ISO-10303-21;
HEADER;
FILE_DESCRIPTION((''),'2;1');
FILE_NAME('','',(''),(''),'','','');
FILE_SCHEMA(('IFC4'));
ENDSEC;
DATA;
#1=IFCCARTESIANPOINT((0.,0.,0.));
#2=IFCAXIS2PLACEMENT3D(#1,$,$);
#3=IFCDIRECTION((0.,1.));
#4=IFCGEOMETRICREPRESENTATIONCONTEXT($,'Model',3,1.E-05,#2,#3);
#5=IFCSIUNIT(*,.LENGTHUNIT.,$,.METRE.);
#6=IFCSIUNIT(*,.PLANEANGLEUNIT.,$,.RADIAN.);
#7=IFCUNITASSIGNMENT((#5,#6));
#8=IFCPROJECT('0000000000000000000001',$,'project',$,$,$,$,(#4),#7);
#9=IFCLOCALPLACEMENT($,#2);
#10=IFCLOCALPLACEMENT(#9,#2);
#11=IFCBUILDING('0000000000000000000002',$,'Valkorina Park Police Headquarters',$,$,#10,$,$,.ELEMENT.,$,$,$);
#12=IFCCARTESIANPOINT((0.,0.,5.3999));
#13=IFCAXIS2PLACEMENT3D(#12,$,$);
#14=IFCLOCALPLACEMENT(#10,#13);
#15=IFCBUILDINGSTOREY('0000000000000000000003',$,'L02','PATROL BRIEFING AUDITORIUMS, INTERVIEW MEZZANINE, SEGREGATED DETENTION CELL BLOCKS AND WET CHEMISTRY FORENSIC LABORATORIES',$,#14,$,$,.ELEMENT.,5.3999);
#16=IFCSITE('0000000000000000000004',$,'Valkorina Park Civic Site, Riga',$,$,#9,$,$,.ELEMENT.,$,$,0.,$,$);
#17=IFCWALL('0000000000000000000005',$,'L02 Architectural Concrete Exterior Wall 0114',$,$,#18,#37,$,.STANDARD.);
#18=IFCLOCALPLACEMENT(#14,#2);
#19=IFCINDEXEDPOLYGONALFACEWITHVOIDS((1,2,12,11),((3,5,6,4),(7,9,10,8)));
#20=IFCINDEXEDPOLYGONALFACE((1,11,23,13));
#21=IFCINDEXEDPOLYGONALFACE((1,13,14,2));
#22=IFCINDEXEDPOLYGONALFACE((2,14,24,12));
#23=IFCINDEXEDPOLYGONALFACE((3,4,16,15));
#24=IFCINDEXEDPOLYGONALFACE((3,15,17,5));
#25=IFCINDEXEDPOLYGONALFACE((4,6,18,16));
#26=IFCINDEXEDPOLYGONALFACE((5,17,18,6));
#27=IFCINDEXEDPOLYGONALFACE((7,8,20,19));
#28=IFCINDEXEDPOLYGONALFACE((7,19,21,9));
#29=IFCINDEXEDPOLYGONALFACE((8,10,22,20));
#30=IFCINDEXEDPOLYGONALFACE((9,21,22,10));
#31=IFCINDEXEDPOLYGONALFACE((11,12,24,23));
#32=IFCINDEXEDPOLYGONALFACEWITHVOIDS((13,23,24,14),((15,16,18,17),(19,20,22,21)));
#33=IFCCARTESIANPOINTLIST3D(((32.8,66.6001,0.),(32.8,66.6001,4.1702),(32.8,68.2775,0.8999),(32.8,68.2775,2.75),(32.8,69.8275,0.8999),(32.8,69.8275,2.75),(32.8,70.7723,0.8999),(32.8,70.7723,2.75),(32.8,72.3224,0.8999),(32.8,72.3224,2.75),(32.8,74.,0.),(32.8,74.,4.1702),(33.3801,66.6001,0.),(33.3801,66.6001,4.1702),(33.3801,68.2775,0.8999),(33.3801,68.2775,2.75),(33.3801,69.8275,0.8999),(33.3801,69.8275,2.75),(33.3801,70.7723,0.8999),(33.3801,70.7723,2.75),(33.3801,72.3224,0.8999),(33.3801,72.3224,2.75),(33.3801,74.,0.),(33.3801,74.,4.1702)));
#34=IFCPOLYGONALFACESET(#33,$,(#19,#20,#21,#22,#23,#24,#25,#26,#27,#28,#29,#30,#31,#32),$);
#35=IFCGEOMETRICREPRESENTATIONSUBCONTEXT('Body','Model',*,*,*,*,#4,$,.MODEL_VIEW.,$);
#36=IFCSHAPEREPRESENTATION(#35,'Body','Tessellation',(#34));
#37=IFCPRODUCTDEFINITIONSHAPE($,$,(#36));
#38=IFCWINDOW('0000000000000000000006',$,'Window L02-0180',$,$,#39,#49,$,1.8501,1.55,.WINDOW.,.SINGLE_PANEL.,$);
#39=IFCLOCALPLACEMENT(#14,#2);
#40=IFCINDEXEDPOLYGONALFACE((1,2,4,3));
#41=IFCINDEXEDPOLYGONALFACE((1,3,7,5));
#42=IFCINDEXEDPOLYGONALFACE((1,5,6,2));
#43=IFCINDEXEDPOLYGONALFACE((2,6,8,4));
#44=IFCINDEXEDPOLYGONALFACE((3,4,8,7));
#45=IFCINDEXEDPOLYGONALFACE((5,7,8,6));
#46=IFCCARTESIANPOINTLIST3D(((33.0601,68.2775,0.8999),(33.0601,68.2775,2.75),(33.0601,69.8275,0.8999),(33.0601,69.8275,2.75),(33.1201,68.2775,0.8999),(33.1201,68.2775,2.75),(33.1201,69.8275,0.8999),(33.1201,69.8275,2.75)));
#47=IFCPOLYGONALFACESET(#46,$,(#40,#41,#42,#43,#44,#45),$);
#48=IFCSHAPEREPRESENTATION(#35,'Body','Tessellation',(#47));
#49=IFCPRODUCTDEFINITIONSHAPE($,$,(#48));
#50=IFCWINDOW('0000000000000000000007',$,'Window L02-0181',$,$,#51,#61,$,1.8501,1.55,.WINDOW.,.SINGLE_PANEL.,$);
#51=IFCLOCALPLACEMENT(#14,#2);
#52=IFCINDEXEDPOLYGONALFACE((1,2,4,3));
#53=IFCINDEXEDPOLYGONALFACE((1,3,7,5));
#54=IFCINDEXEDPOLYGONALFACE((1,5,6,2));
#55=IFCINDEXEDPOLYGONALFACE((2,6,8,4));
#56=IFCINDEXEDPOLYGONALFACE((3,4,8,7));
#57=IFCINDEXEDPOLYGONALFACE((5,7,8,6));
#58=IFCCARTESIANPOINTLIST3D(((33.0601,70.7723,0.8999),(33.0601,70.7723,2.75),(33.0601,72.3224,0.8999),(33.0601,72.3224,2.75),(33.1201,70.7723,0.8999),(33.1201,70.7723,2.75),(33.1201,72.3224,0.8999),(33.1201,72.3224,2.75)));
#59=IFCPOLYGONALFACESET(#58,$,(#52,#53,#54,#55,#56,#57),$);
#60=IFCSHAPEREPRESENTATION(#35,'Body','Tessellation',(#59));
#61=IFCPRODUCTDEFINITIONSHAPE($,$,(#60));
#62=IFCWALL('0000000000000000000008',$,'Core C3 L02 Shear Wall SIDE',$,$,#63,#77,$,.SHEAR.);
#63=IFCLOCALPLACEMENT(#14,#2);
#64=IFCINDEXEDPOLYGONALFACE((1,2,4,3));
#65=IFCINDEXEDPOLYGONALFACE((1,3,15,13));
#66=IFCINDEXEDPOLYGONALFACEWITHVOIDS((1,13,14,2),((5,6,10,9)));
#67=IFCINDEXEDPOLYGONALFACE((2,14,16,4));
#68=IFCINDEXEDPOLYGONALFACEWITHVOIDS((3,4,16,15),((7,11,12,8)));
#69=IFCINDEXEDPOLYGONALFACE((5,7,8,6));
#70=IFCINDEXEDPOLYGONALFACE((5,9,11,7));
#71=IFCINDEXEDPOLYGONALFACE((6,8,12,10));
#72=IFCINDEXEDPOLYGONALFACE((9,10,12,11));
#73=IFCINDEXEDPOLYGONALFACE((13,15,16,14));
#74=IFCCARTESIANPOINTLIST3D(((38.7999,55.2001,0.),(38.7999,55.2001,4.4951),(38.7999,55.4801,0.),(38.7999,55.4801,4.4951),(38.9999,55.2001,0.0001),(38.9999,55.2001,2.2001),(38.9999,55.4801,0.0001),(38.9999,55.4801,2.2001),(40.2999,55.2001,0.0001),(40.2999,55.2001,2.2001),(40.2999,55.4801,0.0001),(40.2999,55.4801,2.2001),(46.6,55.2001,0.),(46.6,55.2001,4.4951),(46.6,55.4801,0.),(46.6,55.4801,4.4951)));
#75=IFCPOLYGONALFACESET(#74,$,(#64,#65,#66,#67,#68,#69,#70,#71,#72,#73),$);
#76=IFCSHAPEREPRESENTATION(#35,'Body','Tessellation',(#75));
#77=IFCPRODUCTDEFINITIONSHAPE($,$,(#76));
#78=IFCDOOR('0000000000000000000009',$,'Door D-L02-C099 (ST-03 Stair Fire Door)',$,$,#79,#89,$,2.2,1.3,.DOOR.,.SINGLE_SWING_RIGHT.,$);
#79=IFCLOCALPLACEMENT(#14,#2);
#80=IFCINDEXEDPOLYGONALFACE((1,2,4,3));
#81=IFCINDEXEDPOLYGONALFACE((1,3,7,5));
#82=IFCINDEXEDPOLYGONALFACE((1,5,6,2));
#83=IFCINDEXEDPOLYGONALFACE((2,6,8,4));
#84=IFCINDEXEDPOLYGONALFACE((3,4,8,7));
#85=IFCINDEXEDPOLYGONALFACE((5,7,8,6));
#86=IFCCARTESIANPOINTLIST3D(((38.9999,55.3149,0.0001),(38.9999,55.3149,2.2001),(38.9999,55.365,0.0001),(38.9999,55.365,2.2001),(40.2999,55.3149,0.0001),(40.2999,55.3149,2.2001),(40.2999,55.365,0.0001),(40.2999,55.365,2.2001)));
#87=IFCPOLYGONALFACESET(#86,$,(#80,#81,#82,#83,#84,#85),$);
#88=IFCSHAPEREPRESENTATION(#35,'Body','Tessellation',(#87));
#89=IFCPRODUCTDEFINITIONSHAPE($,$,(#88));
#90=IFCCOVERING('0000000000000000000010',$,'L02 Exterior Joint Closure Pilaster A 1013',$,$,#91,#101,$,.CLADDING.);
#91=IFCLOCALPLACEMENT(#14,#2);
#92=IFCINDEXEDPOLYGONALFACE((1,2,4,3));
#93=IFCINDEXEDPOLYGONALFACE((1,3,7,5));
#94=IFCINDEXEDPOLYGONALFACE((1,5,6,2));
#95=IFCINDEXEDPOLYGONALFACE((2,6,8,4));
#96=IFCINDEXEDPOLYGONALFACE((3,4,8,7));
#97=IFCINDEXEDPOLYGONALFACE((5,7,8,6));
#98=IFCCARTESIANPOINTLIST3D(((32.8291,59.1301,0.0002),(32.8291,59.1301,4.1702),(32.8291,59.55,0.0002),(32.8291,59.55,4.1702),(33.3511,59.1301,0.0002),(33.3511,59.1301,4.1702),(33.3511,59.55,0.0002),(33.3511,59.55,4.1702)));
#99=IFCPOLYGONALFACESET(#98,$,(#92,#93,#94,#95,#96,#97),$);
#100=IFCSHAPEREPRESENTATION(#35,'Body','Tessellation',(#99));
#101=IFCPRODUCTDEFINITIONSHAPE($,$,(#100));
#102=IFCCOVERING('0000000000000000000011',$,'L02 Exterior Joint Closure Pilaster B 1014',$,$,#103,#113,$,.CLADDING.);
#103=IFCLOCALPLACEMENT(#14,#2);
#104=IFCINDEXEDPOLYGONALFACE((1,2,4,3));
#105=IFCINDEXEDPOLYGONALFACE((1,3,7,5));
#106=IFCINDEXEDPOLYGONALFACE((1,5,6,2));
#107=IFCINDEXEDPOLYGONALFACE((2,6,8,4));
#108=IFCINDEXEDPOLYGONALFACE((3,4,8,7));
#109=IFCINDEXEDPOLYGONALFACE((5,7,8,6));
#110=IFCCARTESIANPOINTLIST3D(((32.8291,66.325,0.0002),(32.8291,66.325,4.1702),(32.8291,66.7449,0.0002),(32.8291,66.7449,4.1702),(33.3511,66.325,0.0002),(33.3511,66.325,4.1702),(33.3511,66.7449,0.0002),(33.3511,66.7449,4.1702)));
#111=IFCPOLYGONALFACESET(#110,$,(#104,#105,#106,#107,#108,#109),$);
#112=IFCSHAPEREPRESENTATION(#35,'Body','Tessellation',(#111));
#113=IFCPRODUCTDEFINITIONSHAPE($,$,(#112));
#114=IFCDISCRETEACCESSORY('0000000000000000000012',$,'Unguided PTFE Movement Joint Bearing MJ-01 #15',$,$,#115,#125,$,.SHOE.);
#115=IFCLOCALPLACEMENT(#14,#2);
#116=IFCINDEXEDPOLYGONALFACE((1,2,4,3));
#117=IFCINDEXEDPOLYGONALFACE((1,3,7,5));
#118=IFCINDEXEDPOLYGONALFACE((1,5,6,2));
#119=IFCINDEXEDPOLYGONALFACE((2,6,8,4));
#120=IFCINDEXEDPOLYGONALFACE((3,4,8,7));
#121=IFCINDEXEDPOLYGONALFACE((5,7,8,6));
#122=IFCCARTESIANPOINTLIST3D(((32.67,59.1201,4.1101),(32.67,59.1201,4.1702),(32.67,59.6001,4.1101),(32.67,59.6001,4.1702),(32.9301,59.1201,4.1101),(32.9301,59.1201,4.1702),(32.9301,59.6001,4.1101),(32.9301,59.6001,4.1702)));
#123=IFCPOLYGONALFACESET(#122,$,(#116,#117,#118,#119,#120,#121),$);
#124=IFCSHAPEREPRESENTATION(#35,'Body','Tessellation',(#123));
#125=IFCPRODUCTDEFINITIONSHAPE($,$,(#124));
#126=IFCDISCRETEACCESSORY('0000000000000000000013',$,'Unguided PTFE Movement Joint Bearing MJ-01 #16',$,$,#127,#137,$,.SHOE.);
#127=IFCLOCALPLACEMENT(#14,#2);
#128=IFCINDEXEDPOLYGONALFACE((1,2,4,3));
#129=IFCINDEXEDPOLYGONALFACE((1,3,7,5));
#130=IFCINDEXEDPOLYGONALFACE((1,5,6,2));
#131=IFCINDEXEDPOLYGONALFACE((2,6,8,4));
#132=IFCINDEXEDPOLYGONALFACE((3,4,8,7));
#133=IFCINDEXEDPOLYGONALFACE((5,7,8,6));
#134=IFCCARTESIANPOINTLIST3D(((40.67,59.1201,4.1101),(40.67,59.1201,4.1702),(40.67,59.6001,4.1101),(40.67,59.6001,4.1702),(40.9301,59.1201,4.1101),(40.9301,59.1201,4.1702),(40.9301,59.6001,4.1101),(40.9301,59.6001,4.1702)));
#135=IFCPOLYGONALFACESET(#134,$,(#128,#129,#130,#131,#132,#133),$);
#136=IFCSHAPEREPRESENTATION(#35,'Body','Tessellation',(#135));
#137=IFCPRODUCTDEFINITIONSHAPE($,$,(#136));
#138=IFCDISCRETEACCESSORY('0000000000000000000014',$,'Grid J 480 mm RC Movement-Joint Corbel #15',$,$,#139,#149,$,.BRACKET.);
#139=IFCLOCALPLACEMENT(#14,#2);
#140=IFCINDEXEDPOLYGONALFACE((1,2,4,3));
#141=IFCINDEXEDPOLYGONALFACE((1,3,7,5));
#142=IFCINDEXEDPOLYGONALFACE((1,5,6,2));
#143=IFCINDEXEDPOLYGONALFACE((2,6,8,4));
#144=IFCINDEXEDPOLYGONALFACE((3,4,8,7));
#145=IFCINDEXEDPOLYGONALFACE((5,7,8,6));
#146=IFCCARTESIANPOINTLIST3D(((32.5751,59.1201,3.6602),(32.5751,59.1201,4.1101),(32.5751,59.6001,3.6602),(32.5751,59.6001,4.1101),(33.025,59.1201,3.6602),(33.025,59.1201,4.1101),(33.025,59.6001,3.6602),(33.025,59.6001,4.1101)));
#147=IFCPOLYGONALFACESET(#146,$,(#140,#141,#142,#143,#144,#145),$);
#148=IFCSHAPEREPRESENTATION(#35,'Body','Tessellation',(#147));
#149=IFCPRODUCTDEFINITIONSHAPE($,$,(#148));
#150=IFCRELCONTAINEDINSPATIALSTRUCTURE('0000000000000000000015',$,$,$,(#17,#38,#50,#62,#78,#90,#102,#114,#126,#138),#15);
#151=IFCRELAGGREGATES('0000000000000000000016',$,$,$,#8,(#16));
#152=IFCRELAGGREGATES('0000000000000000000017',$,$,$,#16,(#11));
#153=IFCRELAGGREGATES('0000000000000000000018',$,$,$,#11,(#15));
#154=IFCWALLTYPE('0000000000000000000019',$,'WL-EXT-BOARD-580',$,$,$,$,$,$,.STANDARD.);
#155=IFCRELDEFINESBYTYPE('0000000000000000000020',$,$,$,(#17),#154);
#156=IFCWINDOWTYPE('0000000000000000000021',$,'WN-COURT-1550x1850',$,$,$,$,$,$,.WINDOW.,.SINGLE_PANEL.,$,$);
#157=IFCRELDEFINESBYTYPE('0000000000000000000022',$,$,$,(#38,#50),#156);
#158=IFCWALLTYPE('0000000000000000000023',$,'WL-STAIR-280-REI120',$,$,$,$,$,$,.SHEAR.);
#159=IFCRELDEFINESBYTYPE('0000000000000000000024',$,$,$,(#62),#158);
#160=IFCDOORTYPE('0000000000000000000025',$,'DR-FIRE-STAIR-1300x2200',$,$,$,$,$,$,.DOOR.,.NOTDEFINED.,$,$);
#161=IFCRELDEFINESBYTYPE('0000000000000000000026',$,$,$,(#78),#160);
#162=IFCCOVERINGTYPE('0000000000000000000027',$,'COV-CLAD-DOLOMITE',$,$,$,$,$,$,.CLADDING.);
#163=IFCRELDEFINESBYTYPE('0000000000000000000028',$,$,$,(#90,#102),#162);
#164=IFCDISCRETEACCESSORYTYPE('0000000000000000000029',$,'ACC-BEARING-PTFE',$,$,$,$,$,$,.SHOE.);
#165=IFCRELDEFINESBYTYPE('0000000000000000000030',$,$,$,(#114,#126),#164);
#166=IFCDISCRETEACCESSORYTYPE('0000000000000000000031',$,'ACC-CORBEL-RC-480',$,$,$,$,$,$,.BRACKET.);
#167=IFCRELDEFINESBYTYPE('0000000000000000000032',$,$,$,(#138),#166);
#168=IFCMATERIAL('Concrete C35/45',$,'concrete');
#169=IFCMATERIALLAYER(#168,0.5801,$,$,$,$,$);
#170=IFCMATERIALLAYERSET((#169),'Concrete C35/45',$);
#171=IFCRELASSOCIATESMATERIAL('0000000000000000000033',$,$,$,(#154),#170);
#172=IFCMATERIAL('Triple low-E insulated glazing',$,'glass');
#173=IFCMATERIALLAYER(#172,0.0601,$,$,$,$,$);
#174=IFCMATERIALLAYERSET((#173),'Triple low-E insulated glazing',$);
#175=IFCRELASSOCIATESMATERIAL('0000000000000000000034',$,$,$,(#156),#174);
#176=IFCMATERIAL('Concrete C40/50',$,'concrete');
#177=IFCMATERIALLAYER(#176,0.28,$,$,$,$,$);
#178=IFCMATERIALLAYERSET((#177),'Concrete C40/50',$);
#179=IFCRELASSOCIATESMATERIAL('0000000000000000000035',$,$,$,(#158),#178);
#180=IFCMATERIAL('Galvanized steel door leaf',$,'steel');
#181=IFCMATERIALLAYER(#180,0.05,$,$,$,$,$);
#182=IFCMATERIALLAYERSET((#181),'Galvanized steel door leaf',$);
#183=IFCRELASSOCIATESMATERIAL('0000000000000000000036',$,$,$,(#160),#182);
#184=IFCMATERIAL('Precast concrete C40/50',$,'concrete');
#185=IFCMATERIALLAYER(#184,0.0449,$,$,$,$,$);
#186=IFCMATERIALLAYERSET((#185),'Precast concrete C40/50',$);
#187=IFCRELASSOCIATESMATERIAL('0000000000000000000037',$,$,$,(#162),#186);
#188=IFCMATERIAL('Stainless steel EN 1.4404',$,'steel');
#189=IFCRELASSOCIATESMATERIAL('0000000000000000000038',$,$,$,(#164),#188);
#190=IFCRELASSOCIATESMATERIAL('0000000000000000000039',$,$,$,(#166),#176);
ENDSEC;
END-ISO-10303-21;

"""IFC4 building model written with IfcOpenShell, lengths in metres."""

from ifc_helpers import new_model, si_unit, direction, frame, frame_2d, origin, origin_2d, place, context, subcontext, project, spatial, rectangle, extrude, material, layer, layer_set, type_object, element, fill, save


model = new_model("IFC4")

# Units and contexts
model_context = context("Model", 3, precision=1e-05, world=origin(), true_north=direction((0.0, 1.0)))
body_context = subcontext(model_context, "Body", "Model", "MODEL_VIEW")
ifc_project = project(units=[si_unit("LENGTHUNIT", "METRE"), si_unit("PLANEANGLEUNIT", "RADIAN")], contexts=[model_context])

# Site, building, storey
site_placement = place(None, origin())
site = spatial("IfcSite", under=ifc_project, at=site_placement, Name="Valkorina Park Civic Site, Riga", CompositionType="ELEMENT", RefElevation=0.0)
building_placement = place(site_placement, origin())
building = spatial("IfcBuilding", under=site, at=building_placement, Name="Valkorina Park Police Headquarters", CompositionType="ELEMENT")
storey_placement = place(building_placement, frame((0.0, 0.0, 5.3999)))
storey = spatial("IfcBuildingStorey", under=building, at=storey_placement, Name="L02", Description="PATROL BRIEFING AUDITORIUMS, INTERVIEW MEZZANINE, SEGREGATED DETENTION CELL BLOCKS AND WET CHEMISTRY FORENSIC LABORATORIES", CompositionType="ELEMENT", Elevation=5.3999)

# Shared definitions
ifc_material_1 = material(Name="Concrete C40/50", Category="concrete")

# Shared definitions
ifc_material_2 = material(Name="Galvanized steel door leaf", Category="steel")

# Wall, openings, windows
ifc_material_3 = material(Name="Concrete C35/45", Category="concrete")
ifc_layer_1 = layer(ifc_material_3, 0.5801)
ifc_layer_set_1 = layer_set([ifc_layer_1], Name="Concrete C35/45")
wall_type_1 = type_object("IfcWallType", Name="WL-EXT-BOARD-580", PredefinedType="STANDARD", material=ifc_layer_set_1)
ifc_material_4 = material(Name="Triple low-E insulated glazing", Category="glass")
wall_1_placement = place(storey_placement, frame((33.0901, 66.6001, 0.0), z_axis=(0.0, 0.0, 1.0), x_axis=(0.0, 1.0, 0.0)))
wall_1 = element("IfcWall", 1, at=wall_1_placement, inside=storey, type_object=wall_type_1, Name="L02 Architectural Concrete Exterior Wall 0114", PredefinedType="STANDARD", context=body_context, shape_type="SweptSolid", body=[
    extrude(rectangle(XDim=7.3999, YDim=0.5801, at=frame_2d((3.7, 0.0))), origin(), (0.0, 0.0, 1.0), 4.1702),
])
opening_1_placement = place(wall_1_placement, frame((1.6775, 0.0, 0.8999)))
opening_1 = element("IfcOpeningElement", 2, at=opening_1_placement, cuts=wall_1, PredefinedType="OPENING", context=body_context, shape_type="SweptSolid", body=[
    extrude(rectangle(XDim=1.55, YDim=1.8501, at=frame_2d((0.7749, 0.925))), frame((0.0, 0.3, 0.0), z_axis=(0.0, -1.0, 0.0), x_axis=(1.0, 0.0, 0.0)), (0.0, 0.0, 1.0), 0.6001),
])
opening_2_placement = place(wall_1_placement, frame((4.1724, 0.0, 0.8999)))
opening_2 = element("IfcOpeningElement", 3, at=opening_2_placement, cuts=wall_1, PredefinedType="OPENING", context=body_context, shape_type="SweptSolid", body=[
    extrude(rectangle(XDim=1.55, YDim=1.8501, at=frame_2d((0.7749, 0.925))), frame((0.0, 0.3, 0.0), z_axis=(0.0, -1.0, 0.0), x_axis=(1.0, 0.0, 0.0)), (0.0, 0.0, 1.0), 0.6001),
])
ifc_layer_2 = layer(ifc_material_4, 0.0601)
ifc_layer_set_2 = layer_set([ifc_layer_2], Name="Triple low-E insulated glazing")
window_type_1 = type_object("IfcWindowType", Name="WN-COURT-1550x1850", PartitioningType="SINGLE_PANEL", PredefinedType="WINDOW", material=ifc_layer_set_2)
window_1_placement = place(opening_1_placement, origin())
window_1 = element("IfcWindow", 4, at=window_1_placement, inside=storey, type_object=window_type_1, Name="Window L02-0180", OverallHeight=1.8501, OverallWidth=1.55, PartitioningType="SINGLE_PANEL", PredefinedType="WINDOW", context=body_context, shape_type="SweptSolid", body=[
    extrude(rectangle(XDim=1.55, YDim=1.8501, at=frame_2d((0.7749, 0.925))), frame((0.0, 0.03, 0.0), z_axis=(0.0, -1.0, 0.0), x_axis=(1.0, 0.0, 0.0)), (0.0, 0.0, 1.0), 0.0601),
])
fill(opening_1, window_1)
window_2_placement = place(opening_2_placement, origin())
window_2 = element("IfcWindow", 5, at=window_2_placement, inside=storey, type_object=window_type_1, Name="Window L02-0181", OverallHeight=1.8501, OverallWidth=1.55, PartitioningType="SINGLE_PANEL", PredefinedType="WINDOW", context=body_context, shape_type="SweptSolid", body=[
    extrude(rectangle(XDim=1.55, YDim=1.8501, at=frame_2d((0.7749, 0.925))), frame((0.0, 0.03, 0.0), z_axis=(0.0, -1.0, 0.0), x_axis=(1.0, 0.0, 0.0)), (0.0, 0.0, 1.0), 0.0601),
])
fill(opening_2, window_2)

# Wall, opening, door
ifc_layer_3 = layer(ifc_material_1, 0.28)
ifc_layer_set_3 = layer_set([ifc_layer_3], Name="Concrete C40/50")
wall_type_2 = type_object("IfcWallType", Name="WL-STAIR-280-REI120", PredefinedType="SHEAR", material=ifc_layer_set_3)
wall_2_placement = place(storey_placement, frame((38.8, 55.3401, 0.0), z_axis=(0.0, 0.0, 1.0), x_axis=(1.0, 0.0, 0.0)))
wall_2 = element("IfcWall", 6, at=wall_2_placement, inside=storey, type_object=wall_type_2, Name="Core C3 L02 Shear Wall SIDE", PredefinedType="SHEAR", context=body_context, shape_type="SweptSolid", body=[
    extrude(rectangle(XDim=7.8, YDim=0.28, at=frame_2d((3.8999, 0.0))), origin(), (0.0, 0.0, 1.0), 4.4951),
])
opening_3_placement = place(wall_2_placement, frame((0.2, 0.0, 0.0)))
opening_3 = element("IfcOpeningElement", 7, at=opening_3_placement, cuts=wall_2, PredefinedType="OPENING", context=body_context, shape_type="SweptSolid", body=[
    extrude(rectangle(XDim=1.3, YDim=2.2, at=frame_2d((0.6499, 1.1001))), frame((0.0, 0.1499, 0.0), z_axis=(0.0, -1.0, 0.0), x_axis=(1.0, 0.0, 0.0)), (0.0, 0.0, 1.0), 0.3),
])
ifc_layer_4 = layer(ifc_material_2, 0.05)
ifc_layer_set_4 = layer_set([ifc_layer_4], Name="Galvanized steel door leaf")
door_type_1 = type_object("IfcDoorType", Name="DR-FIRE-STAIR-1300x2200", OperationType="NOTDEFINED", PredefinedType="DOOR", material=ifc_layer_set_4)
door_1_placement = place(opening_3_placement, origin())
door_1 = element("IfcDoor", 8, at=door_1_placement, inside=storey, type_object=door_type_1, Name="Door D-L02-C099 (ST-03 Stair Fire Door)", OperationType="SINGLE_SWING_RIGHT", OverallHeight=2.2, OverallWidth=1.3, PredefinedType="DOOR", context=body_context, shape_type="SweptSolid", body=[
    extrude(rectangle(XDim=1.3, YDim=2.2, at=frame_2d((0.6499, 1.1001))), frame((0.0, 0.0249, 0.0), z_axis=(0.0, -1.0, 0.0), x_axis=(1.0, 0.0, 0.0)), (0.0, 0.0, 1.0), 0.05),
])
fill(opening_3, door_1)

# Coverings
ifc_material_5 = material(Name="Precast concrete C40/50", Category="concrete")
ifc_layer_5 = layer(ifc_material_5, 0.0449)
ifc_layer_set_5 = layer_set([ifc_layer_5], Name="Precast concrete C40/50")
covering_type = type_object("IfcCoveringType", Name="COV-CLAD-DOLOMITE", PredefinedType="CLADDING", material=ifc_layer_set_5)
for number, where, z_axis, x_axis, name in (
    (9, (33.0901, 59.3401, 0.0002), (0.0, 0.0, 1.0), (0.0, 1.0, 0.0), "L02 Exterior Joint Closure Pilaster A 1013"),
    (10, (33.0901, 66.5349, 0.0002), (0.0, 0.0, 1.0), (0.0, 1.0, 0.0), "L02 Exterior Joint Closure Pilaster B 1014"),
):
    element("IfcCovering", number, at=place(storey_placement, frame(where, z_axis=z_axis, x_axis=x_axis)), inside=storey, type_object=covering_type, Name=name, PredefinedType="CLADDING", context=body_context, shape_type="SweptSolid", body=[
        extrude(rectangle(XDim=0.4199, YDim=0.522, at=origin_2d()), origin(), (0.0, 0.0, 1.0), 4.1699),
    ])

# Discrete accessories
ifc_material_6 = material(Name="Stainless steel EN 1.4404", Category="steel")
discrete_accessory_type_1 = type_object("IfcDiscreteAccessoryType", Name="ACC-BEARING-PTFE", PredefinedType="SHOE", material=ifc_material_6)
for number, where, z_axis, x_axis, name in (
    (11, (32.8, 59.3601, 4.1101), (0.0, 0.0, 1.0), (1.0, 0.0, 0.0), "Unguided PTFE Movement Joint Bearing MJ-01 #15"),
    (12, (40.8, 59.3601, 4.1101), (0.0, 0.0, 1.0), (1.0, 0.0, 0.0), "Unguided PTFE Movement Joint Bearing MJ-01 #16"),
):
    element("IfcDiscreteAccessory", number, at=place(storey_placement, frame(where, z_axis=z_axis, x_axis=x_axis)), inside=storey, type_object=discrete_accessory_type_1, Name=name, PredefinedType="SHOE", context=body_context, shape_type="SweptSolid", body=[
        extrude(rectangle(XDim=0.26, YDim=0.48, at=origin_2d()), origin(), (0.0, 0.0, 1.0), 0.0601),
    ])
discrete_accessory_type_2 = type_object("IfcDiscreteAccessoryType", Name="ACC-CORBEL-RC-480", PredefinedType="BRACKET", material=ifc_material_1)
discrete_accessory_placement = place(storey_placement, frame((32.8, 59.3601, 3.6602), z_axis=(0.0, 0.0, 1.0), x_axis=(1.0, 0.0, 0.0)))
element("IfcDiscreteAccessory", 13, at=discrete_accessory_placement, inside=storey, type_object=discrete_accessory_type_2, Name="Grid J 480 mm RC Movement-Joint Corbel #15", PredefinedType="BRACKET", context=body_context, shape_type="SweptSolid", body=[
    extrude(rectangle(XDim=0.45, YDim=0.48, at=origin_2d()), origin(), (0.0, 0.0, 1.0), 0.45),
])

save(model, "model.ifc")
